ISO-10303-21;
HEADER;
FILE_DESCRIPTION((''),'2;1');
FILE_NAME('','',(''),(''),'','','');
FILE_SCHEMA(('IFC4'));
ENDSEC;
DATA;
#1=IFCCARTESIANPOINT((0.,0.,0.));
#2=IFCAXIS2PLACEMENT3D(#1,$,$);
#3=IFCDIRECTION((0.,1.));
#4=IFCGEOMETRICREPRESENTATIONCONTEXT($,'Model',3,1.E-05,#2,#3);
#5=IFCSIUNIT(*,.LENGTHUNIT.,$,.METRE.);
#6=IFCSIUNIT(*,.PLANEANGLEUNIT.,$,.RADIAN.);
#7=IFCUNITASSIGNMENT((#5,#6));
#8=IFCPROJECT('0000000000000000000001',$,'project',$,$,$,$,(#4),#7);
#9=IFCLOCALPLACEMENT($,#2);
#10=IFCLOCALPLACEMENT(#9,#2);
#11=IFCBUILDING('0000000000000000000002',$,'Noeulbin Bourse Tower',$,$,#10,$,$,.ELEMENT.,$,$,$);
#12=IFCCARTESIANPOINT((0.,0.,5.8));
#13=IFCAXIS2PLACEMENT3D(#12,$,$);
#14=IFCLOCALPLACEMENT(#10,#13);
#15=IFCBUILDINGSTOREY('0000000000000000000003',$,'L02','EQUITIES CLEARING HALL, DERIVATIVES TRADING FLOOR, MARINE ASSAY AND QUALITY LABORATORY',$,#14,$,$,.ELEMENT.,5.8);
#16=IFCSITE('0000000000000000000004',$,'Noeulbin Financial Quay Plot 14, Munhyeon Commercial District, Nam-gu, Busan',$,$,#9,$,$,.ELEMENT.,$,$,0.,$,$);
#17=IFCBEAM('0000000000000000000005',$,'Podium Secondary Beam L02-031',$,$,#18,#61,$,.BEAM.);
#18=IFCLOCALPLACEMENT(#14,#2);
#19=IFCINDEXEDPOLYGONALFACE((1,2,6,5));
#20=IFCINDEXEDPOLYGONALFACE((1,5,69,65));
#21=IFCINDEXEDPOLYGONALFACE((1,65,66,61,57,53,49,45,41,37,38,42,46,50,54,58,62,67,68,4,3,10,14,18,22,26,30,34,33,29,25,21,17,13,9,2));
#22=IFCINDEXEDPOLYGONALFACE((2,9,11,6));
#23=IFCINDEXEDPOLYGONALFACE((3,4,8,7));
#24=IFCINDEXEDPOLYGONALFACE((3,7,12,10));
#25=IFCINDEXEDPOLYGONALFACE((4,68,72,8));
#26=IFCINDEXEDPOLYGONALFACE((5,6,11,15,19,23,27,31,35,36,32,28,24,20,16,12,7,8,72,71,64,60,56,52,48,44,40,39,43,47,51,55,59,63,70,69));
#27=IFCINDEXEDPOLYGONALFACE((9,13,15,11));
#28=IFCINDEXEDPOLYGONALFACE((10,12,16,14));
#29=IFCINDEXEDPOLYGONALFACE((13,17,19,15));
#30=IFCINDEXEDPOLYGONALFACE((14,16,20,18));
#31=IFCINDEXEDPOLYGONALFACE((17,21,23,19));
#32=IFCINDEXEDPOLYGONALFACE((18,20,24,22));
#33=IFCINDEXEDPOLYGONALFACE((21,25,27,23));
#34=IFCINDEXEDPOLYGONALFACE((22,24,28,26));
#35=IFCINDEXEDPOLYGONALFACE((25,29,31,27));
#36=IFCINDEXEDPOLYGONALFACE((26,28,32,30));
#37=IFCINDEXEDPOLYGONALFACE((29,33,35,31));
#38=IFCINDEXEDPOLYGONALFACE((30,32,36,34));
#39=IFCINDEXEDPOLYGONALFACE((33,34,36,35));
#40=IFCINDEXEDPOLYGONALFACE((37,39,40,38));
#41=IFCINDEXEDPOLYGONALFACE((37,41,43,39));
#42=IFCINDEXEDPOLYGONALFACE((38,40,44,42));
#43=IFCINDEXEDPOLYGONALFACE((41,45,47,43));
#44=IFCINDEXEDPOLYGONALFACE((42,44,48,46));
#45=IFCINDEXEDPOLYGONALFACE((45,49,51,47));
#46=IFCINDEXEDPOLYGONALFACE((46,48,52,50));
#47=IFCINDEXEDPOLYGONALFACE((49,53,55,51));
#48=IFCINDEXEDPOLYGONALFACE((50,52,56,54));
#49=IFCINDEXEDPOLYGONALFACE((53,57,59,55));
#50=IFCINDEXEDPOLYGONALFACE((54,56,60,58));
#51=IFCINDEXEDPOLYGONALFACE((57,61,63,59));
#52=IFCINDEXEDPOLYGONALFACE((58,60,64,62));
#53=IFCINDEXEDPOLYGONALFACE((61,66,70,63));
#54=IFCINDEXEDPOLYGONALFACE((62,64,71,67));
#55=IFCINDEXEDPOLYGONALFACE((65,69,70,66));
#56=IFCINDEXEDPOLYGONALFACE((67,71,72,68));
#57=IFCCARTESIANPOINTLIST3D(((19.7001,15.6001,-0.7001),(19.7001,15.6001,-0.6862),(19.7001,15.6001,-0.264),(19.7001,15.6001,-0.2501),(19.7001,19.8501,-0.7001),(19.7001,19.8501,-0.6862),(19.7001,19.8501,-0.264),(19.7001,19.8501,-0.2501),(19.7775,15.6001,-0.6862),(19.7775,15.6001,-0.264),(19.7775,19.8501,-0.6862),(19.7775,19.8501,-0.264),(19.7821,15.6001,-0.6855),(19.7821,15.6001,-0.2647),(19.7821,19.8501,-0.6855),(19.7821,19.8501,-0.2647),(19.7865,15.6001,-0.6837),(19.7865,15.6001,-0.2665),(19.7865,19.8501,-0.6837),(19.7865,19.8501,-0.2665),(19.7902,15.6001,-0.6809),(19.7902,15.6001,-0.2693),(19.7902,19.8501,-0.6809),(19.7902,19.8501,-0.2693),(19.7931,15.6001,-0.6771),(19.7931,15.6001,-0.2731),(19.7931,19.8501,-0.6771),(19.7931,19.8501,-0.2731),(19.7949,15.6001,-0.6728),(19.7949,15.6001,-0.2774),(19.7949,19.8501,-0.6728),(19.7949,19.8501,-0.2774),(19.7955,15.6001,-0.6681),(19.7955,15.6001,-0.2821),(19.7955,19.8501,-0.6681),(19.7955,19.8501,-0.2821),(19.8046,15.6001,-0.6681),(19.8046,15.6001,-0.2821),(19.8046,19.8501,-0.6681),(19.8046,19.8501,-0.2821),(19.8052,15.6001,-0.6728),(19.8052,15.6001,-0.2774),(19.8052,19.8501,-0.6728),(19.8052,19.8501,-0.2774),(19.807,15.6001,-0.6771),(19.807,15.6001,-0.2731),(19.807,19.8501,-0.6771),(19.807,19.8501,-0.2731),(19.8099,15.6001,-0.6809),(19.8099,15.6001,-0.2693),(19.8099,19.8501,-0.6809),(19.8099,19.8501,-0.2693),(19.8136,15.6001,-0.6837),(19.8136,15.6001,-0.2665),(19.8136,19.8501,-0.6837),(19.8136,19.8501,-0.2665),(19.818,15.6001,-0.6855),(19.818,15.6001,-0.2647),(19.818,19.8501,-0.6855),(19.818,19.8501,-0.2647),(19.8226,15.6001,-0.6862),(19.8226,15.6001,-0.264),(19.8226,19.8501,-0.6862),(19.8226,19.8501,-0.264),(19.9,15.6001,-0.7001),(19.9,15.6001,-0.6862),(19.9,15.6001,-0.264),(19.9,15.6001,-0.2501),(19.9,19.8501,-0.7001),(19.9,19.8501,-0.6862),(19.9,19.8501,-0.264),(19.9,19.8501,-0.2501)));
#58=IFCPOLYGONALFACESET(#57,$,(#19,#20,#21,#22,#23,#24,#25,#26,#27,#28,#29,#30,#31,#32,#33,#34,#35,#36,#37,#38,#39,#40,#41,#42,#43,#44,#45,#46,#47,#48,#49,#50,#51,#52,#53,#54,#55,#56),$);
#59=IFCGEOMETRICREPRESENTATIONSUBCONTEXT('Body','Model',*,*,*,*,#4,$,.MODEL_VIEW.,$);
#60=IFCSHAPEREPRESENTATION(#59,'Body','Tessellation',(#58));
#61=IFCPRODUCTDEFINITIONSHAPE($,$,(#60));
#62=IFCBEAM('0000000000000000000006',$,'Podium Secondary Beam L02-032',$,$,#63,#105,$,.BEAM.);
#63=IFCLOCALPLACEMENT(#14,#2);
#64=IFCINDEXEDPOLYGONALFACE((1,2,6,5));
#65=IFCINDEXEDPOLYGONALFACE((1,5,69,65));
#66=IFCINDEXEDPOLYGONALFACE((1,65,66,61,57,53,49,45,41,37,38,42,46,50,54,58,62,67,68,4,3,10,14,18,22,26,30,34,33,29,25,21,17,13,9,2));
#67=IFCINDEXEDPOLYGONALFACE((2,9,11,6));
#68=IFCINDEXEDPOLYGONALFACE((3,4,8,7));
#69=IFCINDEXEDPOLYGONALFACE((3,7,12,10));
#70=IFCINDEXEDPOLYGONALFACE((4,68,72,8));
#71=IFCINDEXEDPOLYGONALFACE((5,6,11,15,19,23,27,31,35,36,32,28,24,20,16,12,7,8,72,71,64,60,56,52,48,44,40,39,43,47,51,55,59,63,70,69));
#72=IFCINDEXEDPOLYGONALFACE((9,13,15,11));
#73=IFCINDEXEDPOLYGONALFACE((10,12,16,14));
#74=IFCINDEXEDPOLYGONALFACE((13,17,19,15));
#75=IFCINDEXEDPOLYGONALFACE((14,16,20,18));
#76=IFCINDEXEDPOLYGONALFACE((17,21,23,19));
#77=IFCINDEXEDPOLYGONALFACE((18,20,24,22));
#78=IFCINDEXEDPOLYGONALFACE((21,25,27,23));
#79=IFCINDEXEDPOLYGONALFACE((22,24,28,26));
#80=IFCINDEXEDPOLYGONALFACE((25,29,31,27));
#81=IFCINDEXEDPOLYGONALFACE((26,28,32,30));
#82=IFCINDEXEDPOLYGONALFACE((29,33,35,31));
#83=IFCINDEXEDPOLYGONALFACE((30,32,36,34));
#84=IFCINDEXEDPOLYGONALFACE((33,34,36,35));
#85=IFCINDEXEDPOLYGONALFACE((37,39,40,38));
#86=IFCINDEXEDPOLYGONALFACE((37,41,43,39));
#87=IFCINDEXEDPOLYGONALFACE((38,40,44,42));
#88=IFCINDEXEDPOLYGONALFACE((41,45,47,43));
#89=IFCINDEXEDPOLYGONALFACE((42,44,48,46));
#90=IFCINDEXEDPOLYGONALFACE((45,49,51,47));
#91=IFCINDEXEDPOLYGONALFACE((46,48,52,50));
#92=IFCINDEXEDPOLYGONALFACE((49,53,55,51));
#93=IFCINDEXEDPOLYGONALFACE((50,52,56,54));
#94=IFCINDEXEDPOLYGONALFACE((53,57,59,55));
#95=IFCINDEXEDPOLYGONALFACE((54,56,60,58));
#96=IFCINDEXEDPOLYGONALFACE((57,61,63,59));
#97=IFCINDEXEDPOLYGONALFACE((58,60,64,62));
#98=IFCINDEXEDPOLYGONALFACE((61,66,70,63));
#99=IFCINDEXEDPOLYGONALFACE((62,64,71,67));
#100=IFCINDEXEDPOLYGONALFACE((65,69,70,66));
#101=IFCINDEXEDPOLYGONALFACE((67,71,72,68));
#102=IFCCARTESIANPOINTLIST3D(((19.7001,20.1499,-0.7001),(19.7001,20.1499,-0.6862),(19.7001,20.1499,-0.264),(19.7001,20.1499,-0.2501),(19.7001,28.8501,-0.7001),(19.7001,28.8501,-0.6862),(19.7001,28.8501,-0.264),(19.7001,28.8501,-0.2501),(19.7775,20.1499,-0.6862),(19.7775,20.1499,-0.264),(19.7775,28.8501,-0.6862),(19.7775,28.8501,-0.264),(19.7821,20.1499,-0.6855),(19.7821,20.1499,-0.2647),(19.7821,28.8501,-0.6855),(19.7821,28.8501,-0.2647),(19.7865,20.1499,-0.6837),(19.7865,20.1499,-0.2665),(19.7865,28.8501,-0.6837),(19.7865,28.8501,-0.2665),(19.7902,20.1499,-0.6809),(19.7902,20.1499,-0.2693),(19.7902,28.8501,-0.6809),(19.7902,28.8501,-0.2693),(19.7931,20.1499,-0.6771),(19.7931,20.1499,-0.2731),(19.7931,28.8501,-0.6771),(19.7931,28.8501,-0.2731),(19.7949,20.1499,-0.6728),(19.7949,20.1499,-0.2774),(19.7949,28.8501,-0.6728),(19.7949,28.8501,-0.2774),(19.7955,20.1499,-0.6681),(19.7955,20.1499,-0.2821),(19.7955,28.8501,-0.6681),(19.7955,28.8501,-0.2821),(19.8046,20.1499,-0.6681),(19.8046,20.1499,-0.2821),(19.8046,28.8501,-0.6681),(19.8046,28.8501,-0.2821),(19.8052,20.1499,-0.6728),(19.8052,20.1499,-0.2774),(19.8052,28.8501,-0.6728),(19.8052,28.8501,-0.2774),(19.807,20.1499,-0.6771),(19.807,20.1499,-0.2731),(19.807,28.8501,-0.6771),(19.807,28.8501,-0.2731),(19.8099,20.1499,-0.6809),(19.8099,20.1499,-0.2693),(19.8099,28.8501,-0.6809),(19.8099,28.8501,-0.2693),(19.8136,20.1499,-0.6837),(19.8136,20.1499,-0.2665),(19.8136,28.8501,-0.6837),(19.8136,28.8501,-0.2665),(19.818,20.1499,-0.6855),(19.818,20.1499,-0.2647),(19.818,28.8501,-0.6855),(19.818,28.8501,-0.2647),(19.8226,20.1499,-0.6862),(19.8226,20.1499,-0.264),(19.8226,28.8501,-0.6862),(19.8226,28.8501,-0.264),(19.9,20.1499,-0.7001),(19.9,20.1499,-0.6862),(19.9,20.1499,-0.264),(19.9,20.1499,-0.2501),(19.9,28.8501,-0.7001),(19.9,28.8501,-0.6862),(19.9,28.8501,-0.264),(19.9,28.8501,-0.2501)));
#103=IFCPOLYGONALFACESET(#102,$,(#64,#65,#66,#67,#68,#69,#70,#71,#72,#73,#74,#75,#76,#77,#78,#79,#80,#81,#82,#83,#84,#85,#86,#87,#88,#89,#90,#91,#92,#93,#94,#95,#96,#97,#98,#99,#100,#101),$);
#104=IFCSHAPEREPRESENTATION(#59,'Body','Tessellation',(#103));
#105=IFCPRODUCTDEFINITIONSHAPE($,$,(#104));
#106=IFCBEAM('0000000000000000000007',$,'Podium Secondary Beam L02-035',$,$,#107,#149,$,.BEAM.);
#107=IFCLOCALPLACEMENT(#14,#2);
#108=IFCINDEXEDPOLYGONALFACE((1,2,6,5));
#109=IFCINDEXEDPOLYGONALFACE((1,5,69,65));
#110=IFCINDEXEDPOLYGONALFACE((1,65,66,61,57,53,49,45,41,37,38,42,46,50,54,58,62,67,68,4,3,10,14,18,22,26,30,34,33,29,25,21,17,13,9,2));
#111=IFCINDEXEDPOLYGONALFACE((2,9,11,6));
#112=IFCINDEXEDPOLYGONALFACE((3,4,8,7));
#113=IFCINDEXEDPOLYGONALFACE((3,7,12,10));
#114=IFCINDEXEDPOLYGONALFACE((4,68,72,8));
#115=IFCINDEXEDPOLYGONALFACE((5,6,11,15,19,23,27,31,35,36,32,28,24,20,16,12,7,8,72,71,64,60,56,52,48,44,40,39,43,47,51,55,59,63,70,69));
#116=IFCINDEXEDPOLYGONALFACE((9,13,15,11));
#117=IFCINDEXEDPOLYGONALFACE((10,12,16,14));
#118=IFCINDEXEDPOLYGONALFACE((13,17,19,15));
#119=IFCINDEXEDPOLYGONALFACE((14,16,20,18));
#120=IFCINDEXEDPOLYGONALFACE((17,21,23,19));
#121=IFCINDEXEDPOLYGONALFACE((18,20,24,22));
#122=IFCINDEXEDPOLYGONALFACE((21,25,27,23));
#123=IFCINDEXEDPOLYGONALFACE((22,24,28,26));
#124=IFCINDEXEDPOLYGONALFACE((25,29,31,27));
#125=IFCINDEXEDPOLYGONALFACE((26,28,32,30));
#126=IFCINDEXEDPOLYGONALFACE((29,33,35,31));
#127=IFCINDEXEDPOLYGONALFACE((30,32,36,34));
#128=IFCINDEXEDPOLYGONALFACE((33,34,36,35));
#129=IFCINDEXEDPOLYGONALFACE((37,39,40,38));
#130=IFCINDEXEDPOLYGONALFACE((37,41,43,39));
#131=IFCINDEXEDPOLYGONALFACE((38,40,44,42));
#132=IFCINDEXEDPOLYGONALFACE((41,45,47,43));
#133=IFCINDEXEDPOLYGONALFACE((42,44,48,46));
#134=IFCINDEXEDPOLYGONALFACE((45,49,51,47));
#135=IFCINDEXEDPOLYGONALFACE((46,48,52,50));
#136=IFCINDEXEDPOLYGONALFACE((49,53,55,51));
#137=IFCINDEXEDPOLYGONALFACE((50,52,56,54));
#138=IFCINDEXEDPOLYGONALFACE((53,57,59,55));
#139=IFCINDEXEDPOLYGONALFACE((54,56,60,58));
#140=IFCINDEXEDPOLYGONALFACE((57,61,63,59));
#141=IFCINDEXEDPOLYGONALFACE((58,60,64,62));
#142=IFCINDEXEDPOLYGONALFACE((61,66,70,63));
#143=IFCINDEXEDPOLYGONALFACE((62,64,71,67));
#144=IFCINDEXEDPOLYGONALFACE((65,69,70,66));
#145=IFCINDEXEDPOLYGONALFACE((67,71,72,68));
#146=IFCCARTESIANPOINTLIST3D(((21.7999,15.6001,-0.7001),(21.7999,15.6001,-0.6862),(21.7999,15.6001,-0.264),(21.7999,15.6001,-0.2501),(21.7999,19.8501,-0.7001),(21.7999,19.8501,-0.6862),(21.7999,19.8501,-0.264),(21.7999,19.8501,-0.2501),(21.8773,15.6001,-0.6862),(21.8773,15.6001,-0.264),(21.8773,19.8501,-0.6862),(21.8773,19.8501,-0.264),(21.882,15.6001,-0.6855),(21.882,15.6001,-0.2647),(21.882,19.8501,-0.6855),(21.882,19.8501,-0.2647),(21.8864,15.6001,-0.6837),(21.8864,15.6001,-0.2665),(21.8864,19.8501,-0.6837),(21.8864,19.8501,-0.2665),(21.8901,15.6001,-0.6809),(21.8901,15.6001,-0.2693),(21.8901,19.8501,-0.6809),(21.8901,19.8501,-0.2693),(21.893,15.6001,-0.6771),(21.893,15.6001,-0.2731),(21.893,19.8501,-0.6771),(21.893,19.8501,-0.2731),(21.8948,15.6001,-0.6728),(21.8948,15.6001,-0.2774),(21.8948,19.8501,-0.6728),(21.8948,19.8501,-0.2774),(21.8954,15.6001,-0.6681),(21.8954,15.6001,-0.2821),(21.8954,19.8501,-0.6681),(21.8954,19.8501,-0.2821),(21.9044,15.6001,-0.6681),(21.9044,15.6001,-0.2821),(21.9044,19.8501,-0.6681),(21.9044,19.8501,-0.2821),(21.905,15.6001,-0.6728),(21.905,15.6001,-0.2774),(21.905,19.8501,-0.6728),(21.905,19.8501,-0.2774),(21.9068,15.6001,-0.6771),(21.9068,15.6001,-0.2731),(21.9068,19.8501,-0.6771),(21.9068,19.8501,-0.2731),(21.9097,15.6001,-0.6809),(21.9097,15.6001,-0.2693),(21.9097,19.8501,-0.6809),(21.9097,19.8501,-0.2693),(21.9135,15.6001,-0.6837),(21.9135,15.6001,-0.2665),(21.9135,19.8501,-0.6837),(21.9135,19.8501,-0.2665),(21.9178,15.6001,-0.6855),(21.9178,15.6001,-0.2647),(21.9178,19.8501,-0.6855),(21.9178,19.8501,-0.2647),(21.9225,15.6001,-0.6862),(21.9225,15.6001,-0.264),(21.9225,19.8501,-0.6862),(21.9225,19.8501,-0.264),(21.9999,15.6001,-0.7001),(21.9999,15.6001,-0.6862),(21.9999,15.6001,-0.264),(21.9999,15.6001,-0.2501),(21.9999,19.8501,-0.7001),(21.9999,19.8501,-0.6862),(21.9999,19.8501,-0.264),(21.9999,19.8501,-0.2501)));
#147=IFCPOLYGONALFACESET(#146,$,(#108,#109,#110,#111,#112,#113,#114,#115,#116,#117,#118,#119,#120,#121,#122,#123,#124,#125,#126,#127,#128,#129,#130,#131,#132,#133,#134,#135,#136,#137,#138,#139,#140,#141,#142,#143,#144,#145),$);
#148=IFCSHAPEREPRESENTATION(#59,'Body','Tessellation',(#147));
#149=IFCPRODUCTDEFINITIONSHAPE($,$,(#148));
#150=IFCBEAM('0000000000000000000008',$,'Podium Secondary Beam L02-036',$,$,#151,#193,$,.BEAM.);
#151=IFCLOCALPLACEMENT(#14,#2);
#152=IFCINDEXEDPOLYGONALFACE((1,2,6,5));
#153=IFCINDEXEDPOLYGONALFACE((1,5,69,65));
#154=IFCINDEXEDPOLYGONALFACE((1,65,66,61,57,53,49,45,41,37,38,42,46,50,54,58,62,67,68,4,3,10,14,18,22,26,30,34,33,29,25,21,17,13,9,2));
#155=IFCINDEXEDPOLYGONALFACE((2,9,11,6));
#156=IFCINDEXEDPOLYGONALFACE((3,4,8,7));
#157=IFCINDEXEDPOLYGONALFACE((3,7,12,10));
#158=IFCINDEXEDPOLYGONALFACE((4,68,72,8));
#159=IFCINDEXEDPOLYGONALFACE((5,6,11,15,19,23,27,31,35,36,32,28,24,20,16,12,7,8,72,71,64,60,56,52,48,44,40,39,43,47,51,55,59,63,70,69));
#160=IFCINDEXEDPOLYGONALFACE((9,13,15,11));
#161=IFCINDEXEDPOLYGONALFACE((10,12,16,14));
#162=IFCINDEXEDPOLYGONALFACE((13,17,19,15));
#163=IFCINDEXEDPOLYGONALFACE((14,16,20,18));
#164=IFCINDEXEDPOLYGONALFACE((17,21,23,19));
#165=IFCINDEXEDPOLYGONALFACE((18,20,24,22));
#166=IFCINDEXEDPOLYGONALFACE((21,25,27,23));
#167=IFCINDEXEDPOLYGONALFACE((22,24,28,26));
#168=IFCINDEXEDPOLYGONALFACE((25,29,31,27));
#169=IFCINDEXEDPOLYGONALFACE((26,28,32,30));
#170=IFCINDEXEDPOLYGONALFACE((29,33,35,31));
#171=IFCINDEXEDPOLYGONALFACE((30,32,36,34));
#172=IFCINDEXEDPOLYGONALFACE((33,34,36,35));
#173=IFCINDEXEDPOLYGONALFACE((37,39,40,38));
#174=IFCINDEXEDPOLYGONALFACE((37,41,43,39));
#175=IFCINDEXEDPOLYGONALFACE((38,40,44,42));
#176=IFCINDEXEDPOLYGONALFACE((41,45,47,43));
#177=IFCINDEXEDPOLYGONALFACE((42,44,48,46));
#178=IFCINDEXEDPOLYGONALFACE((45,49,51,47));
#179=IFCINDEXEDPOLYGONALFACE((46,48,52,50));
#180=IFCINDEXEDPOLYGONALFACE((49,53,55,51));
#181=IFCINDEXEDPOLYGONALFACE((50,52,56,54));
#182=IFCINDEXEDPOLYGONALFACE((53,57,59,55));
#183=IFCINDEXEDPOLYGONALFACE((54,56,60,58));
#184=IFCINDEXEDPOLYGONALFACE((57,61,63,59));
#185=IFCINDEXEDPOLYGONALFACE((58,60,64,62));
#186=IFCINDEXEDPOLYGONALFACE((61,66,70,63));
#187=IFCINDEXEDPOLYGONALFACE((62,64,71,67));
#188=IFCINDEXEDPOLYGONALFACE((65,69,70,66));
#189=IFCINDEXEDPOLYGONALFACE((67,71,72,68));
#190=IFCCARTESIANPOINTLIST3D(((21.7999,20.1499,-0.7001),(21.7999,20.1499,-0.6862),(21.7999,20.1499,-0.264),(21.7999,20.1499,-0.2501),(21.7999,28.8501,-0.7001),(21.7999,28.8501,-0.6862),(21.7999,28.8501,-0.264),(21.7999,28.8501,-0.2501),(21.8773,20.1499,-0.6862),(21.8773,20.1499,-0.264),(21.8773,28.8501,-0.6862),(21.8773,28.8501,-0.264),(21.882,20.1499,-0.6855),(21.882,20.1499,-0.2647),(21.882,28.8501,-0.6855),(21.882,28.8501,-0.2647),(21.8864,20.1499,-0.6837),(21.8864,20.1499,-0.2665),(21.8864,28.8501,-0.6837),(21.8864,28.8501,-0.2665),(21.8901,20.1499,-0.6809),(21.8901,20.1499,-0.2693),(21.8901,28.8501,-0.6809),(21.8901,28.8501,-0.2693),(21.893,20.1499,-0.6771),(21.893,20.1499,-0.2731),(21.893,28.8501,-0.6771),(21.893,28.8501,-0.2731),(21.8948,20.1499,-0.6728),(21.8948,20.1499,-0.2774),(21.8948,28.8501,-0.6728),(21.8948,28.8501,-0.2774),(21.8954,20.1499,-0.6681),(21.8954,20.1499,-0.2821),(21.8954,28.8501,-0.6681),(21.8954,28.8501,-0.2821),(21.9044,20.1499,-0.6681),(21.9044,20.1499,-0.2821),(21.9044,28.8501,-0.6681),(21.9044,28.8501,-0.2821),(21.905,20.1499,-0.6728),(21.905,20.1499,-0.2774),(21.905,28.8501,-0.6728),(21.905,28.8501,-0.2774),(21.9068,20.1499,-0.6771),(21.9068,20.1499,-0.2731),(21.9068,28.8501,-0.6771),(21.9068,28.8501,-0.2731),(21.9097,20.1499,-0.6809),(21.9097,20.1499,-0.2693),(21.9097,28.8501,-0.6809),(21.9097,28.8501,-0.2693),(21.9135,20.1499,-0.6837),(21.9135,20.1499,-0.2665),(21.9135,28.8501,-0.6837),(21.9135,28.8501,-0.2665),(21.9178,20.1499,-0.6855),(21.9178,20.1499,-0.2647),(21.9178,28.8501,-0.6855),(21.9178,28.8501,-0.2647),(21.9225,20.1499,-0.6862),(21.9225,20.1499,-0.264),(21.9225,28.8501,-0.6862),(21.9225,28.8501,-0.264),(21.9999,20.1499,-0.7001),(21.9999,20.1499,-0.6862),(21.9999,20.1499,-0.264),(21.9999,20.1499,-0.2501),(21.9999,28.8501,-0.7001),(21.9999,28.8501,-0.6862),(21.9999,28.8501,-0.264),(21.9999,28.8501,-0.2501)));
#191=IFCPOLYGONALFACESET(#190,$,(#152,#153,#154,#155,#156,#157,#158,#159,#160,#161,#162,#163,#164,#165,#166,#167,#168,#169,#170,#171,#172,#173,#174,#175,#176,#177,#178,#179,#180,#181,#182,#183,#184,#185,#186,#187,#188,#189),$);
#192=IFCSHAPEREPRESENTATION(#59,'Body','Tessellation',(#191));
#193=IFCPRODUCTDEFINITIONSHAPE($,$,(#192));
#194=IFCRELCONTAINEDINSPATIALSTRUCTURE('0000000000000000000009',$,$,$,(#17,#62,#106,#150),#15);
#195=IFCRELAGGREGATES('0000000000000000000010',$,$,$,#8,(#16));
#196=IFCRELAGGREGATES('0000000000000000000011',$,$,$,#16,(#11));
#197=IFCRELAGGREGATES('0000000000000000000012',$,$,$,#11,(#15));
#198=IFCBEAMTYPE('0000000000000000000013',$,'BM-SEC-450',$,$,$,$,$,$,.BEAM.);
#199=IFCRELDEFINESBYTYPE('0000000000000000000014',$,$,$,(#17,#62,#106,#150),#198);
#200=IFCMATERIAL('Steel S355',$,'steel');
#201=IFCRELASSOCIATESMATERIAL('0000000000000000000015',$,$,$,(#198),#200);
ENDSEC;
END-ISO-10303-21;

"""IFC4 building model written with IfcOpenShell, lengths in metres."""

from ifc_helpers import new_model, si_unit, direction, frame, origin, origin_2d, place, context, subcontext, project, spatial, i_section, extrude, material, material_profile, profile_set, type_object, element, save


model = new_model("IFC4")

# Units and contexts
model_context = context("Model", 3, precision=1e-05, world=origin(), true_north=direction((0.0, 1.0)))
body_context = subcontext(model_context, "Body", "Model", "MODEL_VIEW")
ifc_project = project(units=[si_unit("LENGTHUNIT", "METRE"), si_unit("PLANEANGLEUNIT", "RADIAN")], contexts=[model_context])

# Site, building, storey
site_placement = place(None, origin())
site = spatial("IfcSite", under=ifc_project, at=site_placement, Name="Noeulbin Financial Quay Plot 14, Munhyeon Commercial District, Nam-gu, Busan", CompositionType="ELEMENT", RefElevation=0.0)
building_placement = place(site_placement, origin())
building = spatial("IfcBuilding", under=site, at=building_placement, Name="Noeulbin Bourse Tower", CompositionType="ELEMENT")
storey_placement = place(building_placement, frame((0.0, 0.0, 5.8)))
storey = spatial("IfcBuildingStorey", under=building, at=storey_placement, Name="L02", Description="EQUITIES CLEARING HALL, DERIVATIVES TRADING FLOOR, MARINE ASSAY AND QUALITY LABORATORY", CompositionType="ELEMENT", Elevation=5.8)

# Beams
ifc_material_1 = material(Name="Steel S355", Category="steel")
ifc_material_profile_1 = material_profile(ifc_material_1, i_section(OverallWidth=0.2, OverallDepth=0.45, WebThickness=0.009, FlangeThickness=0.0139, FilletRadius=0.0181, at=origin_2d()), Name="H-450x200x9x14", Category="LoadBearing")
ifc_profile_set_1 = profile_set([ifc_material_profile_1], Name="Steel S355")
beam_type_1 = type_object("IfcBeamType", Name="BM-SEC-450", PredefinedType="BEAM", material=ifc_profile_set_1)
beam_1_placement = place(storey_placement, frame((19.8, 15.6001, -0.4751), z_axis=(0.0, 1.0, 0.0), x_axis=(-1.0, 0.0, 0.0)))
element("IfcBeam", 1, at=beam_1_placement, inside=storey, type_object=beam_type_1, Name="Podium Secondary Beam L02-031", PredefinedType="BEAM", context=body_context, shape_type="SweptSolid", body=[
    extrude(i_section(OverallWidth=0.2, OverallDepth=0.45, WebThickness=0.009, FlangeThickness=0.0139, FilletRadius=0.0181, at=origin_2d()), origin(), (0.0, 0.0, 1.0), 4.25),
])
beam_2_placement = place(storey_placement, frame((19.8, 20.1499, -0.4751), z_axis=(0.0, 1.0, 0.0), x_axis=(-1.0, 0.0, 0.0)))
element("IfcBeam", 2, at=beam_2_placement, inside=storey, type_object=beam_type_1, Name="Podium Secondary Beam L02-032", PredefinedType="BEAM", context=body_context, shape_type="SweptSolid", body=[
    extrude(i_section(OverallWidth=0.2, OverallDepth=0.45, WebThickness=0.009, FlangeThickness=0.0139, FilletRadius=0.0181, at=origin_2d()), origin(), (0.0, 0.0, 1.0), 8.7002),
])
beam_3_placement = place(storey_placement, frame((21.8999, 15.6001, -0.4751), z_axis=(0.0, 1.0, 0.0), x_axis=(-1.0, 0.0, 0.0)))
element("IfcBeam", 3, at=beam_3_placement, inside=storey, type_object=beam_type_1, Name="Podium Secondary Beam L02-035", PredefinedType="BEAM", context=body_context, shape_type="SweptSolid", body=[
    extrude(i_section(OverallWidth=0.2, OverallDepth=0.45, WebThickness=0.009, FlangeThickness=0.0139, FilletRadius=0.0181, at=origin_2d()), origin(), (0.0, 0.0, 1.0), 4.25),
])
beam_4_placement = place(storey_placement, frame((21.8999, 20.1499, -0.4751), z_axis=(0.0, 1.0, 0.0), x_axis=(-1.0, 0.0, 0.0)))
element("IfcBeam", 4, at=beam_4_placement, inside=storey, type_object=beam_type_1, Name="Podium Secondary Beam L02-036", PredefinedType="BEAM", context=body_context, shape_type="SweptSolid", body=[
    extrude(i_section(OverallWidth=0.2, OverallDepth=0.45, WebThickness=0.009, FlangeThickness=0.0139, FilletRadius=0.0181, at=origin_2d()), origin(), (0.0, 0.0, 1.0), 8.7002),
])

save(model, "model.ifc")
